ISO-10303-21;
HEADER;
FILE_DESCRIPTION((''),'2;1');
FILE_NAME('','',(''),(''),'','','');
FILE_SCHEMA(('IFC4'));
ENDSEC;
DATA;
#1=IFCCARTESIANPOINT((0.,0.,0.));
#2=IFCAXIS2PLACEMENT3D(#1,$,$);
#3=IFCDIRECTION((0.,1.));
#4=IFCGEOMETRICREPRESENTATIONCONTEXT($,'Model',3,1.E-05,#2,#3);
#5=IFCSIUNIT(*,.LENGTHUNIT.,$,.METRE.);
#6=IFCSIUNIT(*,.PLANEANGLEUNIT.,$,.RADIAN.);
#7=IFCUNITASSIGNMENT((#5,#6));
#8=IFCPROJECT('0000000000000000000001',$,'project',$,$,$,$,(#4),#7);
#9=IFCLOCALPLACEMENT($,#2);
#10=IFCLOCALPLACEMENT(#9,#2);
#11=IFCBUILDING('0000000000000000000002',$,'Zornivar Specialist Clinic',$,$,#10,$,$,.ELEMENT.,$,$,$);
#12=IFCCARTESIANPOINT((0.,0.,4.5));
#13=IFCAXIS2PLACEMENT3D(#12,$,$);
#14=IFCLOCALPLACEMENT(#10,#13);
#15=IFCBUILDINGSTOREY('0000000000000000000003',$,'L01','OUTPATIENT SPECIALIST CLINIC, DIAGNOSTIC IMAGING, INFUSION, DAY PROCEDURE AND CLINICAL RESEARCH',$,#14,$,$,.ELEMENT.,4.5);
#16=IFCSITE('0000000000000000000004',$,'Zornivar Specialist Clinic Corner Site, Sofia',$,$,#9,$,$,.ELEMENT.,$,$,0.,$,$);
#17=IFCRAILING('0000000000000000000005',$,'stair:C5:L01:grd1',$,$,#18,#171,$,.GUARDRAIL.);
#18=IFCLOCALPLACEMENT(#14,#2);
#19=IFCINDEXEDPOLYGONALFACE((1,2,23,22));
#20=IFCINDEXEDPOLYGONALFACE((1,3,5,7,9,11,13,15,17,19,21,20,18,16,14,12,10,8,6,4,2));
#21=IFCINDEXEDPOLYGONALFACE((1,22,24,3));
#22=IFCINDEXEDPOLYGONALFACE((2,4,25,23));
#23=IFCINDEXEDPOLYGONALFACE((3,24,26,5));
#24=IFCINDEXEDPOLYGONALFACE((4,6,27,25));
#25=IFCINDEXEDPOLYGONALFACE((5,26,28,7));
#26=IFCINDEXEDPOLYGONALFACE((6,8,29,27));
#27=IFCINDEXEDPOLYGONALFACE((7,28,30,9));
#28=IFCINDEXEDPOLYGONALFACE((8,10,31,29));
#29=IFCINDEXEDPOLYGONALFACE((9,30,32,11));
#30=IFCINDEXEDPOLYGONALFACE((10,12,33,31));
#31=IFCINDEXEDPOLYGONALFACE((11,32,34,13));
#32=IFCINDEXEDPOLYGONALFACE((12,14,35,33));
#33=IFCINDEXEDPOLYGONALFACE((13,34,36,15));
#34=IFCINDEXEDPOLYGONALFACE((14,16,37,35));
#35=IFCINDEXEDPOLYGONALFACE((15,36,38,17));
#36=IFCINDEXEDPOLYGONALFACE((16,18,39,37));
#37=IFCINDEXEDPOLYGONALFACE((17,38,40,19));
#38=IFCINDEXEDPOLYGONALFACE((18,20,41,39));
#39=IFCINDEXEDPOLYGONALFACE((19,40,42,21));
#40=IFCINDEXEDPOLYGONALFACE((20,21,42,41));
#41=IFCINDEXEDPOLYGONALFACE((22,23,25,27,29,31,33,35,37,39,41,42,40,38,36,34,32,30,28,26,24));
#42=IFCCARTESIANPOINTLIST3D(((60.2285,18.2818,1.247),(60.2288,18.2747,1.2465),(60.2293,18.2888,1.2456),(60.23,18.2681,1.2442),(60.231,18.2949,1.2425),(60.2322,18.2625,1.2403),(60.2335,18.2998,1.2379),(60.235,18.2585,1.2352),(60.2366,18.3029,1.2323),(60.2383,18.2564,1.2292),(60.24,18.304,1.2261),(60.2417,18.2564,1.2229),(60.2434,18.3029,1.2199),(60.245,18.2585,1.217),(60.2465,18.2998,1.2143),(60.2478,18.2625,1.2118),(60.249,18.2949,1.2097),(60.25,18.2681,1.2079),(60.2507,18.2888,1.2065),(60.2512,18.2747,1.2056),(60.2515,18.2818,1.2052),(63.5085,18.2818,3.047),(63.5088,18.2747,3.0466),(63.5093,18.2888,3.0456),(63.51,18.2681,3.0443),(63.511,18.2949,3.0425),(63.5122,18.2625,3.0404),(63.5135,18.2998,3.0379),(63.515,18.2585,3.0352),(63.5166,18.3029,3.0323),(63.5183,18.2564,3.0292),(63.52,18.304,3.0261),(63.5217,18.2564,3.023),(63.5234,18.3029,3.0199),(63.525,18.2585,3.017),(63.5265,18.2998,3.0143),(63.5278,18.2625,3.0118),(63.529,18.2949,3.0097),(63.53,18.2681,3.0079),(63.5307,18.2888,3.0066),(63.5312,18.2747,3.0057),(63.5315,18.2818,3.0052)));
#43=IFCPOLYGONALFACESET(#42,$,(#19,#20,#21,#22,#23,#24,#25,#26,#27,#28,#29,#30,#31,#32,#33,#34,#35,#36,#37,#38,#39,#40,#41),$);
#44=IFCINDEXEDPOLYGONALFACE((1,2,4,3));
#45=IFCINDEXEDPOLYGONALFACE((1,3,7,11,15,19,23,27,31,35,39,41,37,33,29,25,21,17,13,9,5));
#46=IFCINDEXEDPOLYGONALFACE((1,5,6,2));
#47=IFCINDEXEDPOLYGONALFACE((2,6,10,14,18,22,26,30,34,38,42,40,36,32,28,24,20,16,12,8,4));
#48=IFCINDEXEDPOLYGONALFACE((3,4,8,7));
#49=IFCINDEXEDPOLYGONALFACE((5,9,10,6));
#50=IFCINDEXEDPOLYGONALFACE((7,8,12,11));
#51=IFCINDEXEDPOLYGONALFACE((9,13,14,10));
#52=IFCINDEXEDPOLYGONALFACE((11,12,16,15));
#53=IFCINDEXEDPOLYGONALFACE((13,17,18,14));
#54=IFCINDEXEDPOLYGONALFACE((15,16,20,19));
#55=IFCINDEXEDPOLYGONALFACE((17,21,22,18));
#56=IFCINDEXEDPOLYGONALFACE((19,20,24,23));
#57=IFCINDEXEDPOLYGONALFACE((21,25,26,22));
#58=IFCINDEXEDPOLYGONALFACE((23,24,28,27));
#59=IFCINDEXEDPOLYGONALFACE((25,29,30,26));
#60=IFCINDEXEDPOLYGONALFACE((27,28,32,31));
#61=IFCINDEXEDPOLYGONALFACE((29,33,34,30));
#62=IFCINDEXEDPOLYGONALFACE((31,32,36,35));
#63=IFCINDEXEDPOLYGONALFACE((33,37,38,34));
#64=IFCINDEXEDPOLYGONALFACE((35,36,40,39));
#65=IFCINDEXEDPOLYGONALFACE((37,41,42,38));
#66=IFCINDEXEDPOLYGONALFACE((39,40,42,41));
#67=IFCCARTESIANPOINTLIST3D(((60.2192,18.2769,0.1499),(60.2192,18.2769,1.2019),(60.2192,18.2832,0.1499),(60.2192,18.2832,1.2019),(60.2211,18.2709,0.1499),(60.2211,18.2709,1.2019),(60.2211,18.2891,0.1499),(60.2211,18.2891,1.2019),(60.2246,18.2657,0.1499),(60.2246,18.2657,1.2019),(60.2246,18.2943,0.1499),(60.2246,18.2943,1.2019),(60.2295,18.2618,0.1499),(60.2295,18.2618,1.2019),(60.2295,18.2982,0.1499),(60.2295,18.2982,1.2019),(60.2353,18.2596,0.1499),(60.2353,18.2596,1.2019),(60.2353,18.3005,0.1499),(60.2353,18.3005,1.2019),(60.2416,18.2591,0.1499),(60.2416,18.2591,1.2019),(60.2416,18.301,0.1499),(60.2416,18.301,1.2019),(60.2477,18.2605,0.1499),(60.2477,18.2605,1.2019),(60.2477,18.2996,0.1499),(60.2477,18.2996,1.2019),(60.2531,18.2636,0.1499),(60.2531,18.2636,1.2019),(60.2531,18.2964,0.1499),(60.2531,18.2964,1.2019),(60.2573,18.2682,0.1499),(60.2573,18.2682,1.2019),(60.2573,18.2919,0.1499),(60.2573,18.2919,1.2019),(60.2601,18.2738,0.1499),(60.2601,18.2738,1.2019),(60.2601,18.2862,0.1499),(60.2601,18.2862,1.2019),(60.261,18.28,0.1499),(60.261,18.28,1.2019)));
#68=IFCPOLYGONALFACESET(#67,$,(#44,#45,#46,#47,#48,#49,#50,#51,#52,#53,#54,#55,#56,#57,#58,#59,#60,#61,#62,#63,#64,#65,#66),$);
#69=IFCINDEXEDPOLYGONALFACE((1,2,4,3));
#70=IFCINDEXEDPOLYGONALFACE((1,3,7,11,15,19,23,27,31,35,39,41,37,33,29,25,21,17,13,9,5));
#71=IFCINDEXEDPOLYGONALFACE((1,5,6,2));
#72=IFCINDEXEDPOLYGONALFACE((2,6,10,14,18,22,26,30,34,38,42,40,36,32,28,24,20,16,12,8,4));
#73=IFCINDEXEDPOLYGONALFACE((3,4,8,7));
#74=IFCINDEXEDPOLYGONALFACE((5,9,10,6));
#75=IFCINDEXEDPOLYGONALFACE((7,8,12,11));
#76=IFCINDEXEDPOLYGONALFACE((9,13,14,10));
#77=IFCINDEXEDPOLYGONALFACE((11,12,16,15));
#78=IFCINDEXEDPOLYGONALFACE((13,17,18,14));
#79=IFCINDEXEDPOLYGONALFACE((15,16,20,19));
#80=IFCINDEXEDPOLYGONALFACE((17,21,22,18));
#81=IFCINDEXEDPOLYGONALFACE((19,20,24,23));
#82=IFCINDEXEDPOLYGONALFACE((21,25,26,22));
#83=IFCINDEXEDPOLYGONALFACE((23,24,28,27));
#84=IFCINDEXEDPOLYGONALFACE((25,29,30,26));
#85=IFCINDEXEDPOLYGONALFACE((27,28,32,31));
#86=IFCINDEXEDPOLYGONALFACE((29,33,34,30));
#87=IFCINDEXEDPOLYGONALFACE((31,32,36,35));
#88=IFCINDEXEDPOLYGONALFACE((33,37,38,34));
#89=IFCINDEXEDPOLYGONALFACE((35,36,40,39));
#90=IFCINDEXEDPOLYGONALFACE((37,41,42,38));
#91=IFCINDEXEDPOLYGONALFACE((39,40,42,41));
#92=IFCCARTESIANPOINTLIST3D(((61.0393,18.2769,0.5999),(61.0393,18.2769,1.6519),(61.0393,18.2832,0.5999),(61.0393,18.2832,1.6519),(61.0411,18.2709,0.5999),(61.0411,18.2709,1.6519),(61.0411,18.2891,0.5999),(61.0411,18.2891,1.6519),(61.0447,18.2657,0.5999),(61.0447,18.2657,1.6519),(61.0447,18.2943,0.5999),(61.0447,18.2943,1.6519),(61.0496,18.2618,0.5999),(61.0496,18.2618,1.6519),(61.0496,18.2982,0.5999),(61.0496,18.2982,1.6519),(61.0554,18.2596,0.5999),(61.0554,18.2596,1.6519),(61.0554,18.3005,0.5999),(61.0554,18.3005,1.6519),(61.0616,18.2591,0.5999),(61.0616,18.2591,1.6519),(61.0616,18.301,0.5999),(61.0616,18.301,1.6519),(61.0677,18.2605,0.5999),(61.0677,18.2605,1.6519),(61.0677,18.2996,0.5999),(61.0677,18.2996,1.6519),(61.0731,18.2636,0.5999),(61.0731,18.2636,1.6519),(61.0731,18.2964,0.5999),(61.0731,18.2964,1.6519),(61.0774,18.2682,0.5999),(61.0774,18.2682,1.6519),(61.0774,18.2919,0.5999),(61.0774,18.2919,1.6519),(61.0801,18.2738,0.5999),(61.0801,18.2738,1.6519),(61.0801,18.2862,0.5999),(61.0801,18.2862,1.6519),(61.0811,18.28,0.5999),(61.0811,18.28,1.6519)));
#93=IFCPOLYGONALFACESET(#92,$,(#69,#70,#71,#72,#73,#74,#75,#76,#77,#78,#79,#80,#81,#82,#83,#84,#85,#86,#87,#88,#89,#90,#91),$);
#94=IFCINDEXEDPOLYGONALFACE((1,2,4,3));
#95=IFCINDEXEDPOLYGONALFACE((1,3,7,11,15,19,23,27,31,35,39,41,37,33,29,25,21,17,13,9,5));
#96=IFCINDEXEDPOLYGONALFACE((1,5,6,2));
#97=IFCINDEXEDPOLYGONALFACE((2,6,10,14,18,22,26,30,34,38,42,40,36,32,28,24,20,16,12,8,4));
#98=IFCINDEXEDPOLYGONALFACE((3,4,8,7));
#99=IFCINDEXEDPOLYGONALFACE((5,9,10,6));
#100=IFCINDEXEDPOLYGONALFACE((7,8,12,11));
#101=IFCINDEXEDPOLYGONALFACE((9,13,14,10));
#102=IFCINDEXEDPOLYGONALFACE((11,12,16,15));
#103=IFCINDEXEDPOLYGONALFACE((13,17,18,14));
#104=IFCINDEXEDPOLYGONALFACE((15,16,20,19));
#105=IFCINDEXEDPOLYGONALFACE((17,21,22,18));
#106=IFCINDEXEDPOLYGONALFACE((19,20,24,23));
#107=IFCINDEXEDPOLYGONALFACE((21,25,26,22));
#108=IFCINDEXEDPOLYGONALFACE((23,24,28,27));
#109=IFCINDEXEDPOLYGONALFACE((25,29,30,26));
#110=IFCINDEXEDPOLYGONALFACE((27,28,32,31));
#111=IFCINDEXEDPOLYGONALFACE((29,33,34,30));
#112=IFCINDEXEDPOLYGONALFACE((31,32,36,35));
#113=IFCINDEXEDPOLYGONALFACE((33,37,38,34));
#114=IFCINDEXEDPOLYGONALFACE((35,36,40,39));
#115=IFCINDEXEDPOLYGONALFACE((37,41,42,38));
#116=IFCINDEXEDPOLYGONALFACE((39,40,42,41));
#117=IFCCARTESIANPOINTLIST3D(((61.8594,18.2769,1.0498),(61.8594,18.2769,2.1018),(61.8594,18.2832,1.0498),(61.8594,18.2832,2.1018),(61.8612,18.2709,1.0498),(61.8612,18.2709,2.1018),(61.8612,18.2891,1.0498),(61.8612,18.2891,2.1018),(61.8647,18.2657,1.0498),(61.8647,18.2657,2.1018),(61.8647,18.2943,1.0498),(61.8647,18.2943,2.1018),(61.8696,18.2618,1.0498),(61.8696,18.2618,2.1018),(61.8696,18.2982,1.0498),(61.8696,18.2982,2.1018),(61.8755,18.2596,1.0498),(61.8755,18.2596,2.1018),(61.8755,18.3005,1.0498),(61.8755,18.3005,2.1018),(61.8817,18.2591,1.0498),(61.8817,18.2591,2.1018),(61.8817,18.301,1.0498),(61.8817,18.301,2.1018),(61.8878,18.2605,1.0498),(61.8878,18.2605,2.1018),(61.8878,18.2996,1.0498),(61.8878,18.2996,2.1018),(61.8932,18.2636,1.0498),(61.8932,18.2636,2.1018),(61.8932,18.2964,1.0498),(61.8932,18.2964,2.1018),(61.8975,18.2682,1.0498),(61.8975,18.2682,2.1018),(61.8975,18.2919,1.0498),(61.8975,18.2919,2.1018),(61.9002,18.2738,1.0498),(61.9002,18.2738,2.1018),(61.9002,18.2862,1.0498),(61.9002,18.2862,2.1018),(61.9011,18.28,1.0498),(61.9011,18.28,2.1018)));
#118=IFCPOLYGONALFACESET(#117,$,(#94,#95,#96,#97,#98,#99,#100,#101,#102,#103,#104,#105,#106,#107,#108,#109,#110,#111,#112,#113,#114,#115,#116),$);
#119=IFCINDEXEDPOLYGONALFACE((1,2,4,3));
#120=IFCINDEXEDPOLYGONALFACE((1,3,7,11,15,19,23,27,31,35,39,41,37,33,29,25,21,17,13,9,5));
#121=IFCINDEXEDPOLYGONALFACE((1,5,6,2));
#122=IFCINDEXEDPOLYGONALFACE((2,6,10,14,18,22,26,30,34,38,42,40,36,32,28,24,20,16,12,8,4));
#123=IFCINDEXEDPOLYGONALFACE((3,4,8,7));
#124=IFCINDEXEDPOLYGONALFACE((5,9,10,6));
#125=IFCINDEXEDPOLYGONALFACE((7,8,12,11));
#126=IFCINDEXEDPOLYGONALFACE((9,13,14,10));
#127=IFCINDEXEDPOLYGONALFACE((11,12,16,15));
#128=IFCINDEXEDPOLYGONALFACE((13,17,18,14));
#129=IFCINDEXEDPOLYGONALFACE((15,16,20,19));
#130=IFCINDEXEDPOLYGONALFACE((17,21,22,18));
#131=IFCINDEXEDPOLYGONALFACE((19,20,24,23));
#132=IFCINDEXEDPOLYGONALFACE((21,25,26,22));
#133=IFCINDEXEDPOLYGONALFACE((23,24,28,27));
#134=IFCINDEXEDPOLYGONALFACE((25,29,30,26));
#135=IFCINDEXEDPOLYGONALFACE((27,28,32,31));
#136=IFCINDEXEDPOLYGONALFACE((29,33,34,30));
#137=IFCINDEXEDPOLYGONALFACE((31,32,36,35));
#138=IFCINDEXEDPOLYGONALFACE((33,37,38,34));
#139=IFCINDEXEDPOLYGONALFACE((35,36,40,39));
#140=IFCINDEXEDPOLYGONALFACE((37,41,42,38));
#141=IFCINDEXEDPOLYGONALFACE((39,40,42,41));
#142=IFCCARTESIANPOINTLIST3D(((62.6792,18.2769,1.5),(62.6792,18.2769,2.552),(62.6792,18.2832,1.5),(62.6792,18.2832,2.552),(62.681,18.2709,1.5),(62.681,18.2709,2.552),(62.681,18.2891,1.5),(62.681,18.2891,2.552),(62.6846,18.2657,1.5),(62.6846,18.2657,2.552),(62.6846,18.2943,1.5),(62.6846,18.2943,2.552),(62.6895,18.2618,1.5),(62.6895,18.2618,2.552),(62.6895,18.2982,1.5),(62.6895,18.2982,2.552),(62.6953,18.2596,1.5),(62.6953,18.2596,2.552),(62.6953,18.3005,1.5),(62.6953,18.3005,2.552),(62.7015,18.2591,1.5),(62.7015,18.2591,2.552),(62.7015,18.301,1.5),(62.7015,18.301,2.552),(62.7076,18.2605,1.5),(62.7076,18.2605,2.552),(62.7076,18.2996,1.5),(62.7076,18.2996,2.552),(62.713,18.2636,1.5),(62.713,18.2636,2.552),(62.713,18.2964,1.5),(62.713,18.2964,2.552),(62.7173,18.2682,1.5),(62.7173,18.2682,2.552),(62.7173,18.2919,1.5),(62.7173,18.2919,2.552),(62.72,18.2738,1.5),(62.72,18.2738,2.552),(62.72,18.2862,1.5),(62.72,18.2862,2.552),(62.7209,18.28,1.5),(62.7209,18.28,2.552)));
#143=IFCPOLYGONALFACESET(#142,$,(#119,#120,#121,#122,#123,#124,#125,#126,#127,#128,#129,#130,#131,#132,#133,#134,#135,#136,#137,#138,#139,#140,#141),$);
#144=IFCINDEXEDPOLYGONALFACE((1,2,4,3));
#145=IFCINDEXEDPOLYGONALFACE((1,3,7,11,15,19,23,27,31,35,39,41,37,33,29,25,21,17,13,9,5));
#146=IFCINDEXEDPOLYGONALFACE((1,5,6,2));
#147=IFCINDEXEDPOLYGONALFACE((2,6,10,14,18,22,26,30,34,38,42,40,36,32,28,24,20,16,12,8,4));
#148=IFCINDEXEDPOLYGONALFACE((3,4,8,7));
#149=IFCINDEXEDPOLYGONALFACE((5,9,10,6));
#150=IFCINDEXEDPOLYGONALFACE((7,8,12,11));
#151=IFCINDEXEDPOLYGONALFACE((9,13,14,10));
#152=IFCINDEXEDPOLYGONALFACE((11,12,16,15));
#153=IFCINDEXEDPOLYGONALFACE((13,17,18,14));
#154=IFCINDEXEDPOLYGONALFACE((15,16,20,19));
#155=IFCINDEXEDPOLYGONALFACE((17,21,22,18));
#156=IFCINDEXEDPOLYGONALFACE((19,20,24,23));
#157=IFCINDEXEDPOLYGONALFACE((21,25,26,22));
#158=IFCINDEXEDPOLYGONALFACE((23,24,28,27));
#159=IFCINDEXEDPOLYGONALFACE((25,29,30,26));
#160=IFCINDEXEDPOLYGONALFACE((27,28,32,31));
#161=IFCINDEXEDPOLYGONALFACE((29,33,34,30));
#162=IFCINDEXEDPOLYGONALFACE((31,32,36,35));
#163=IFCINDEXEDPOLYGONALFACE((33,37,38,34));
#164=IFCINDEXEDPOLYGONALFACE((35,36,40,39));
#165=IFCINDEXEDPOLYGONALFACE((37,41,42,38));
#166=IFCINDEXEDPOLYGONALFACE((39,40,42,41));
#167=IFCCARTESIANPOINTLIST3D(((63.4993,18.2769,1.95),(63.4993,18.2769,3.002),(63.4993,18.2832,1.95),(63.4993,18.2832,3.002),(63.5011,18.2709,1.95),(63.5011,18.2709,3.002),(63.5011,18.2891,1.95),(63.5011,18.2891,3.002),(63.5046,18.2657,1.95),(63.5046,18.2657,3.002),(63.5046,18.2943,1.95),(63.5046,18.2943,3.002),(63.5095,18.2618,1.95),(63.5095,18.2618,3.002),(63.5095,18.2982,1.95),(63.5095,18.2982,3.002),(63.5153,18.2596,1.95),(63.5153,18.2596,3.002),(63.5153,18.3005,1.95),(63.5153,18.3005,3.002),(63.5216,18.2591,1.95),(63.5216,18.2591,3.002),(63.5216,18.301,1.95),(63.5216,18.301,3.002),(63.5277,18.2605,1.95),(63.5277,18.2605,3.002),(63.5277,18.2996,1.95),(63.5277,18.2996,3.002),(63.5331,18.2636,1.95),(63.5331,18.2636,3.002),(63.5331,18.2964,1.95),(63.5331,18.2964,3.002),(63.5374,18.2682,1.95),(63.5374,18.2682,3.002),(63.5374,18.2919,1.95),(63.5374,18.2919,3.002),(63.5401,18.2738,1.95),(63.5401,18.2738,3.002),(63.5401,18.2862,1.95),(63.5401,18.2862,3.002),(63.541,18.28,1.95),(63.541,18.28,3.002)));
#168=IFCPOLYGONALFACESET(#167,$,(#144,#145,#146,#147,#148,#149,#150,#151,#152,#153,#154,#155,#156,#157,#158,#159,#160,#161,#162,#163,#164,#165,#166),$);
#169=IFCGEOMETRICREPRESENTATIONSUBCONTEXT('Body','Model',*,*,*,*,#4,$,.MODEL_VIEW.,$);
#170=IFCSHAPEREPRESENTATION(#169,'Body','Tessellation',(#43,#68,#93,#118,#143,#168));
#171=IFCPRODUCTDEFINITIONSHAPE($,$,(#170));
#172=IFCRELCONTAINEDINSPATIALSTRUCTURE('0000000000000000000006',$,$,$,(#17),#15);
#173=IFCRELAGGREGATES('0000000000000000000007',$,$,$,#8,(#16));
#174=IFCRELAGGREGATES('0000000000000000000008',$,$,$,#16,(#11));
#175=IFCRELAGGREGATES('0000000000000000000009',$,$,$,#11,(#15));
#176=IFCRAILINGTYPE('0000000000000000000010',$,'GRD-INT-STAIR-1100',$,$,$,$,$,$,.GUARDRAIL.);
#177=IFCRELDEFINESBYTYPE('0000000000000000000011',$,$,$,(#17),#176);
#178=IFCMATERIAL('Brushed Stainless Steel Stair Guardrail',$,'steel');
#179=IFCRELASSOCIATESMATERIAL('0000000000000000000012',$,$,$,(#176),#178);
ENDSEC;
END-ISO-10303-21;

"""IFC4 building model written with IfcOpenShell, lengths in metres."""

from ifc_helpers import new_model, si_unit, direction, frame, origin, origin_2d, place, context, subcontext, project, spatial, circle, extrude, material, type_object, element, save


model = new_model("IFC4")

# Units and contexts
model_context = context("Model", 3, precision=1e-05, world=origin(), true_north=direction((0.0, 1.0)))
body_context = subcontext(model_context, "Body", "Model", "MODEL_VIEW")
ifc_project = project(units=[si_unit("LENGTHUNIT", "METRE"), si_unit("PLANEANGLEUNIT", "RADIAN")], contexts=[model_context])

# Site, building, storey
site_placement = place(None, origin())
site = spatial("IfcSite", under=ifc_project, at=site_placement, Name="Zornivar Specialist Clinic Corner Site, Sofia", CompositionType="ELEMENT", RefElevation=0.0)
building_placement = place(site_placement, origin())
building = spatial("IfcBuilding", under=site, at=building_placement, Name="Zornivar Specialist Clinic", CompositionType="ELEMENT")
storey_placement = place(building_placement, frame((0.0, 0.0, 4.5)))
storey = spatial("IfcBuildingStorey", under=building, at=storey_placement, Name="L01", Description="OUTPATIENT SPECIALIST CLINIC, DIAGNOSTIC IMAGING, INFUSION, DAY PROCEDURE AND CLINICAL RESEARCH", CompositionType="ELEMENT", Elevation=4.5)

# Railing
ifc_material_1 = material(Name="Brushed Stainless Steel Stair Guardrail", Category="steel")
railing_type_1 = type_object("IfcRailingType", Name="GRD-INT-STAIR-1100", PredefinedType="GUARDRAIL", material=ifc_material_1)
railing_1_placement = place(storey_placement, frame((60.24, 18.28, 0.1499)))
element("IfcRailing", 1, at=railing_1_placement, inside=storey, type_object=railing_type_1, Name="stair:C5:L01:grd1", PredefinedType="GUARDRAIL", context=body_context, shape_type="SweptSolid", body=[
    extrude(circle(Radius=0.0239, at=origin_2d()), frame((0.0, 0.0, 1.0762), z_axis=(0.876663, 0.0, 0.481104), x_axis=(0.0, 1.0, 0.0)), (0.0, 0.0, 1.0), 3.7415),
    extrude(circle(Radius=0.021, at=origin_2d()), origin(), (0.0, 0.0, 1.0), 1.052),
    extrude(circle(Radius=0.021, at=origin_2d()), frame((0.8201, 0.0, 0.45)), (0.0, 0.0, 1.0), 1.052),
    extrude(circle(Radius=0.021, at=origin_2d()), frame((1.6401, 0.0, 0.8999)), (0.0, 0.0, 1.0), 1.052),
    extrude(circle(Radius=0.021, at=origin_2d()), frame((2.46, 0.0, 1.3501)), (0.0, 0.0, 1.0), 1.052),
    extrude(circle(Radius=0.021, at=origin_2d()), frame((3.28, 0.0, 1.8)), (0.0, 0.0, 1.0), 1.052),
])

save(model, "model.ifc")
